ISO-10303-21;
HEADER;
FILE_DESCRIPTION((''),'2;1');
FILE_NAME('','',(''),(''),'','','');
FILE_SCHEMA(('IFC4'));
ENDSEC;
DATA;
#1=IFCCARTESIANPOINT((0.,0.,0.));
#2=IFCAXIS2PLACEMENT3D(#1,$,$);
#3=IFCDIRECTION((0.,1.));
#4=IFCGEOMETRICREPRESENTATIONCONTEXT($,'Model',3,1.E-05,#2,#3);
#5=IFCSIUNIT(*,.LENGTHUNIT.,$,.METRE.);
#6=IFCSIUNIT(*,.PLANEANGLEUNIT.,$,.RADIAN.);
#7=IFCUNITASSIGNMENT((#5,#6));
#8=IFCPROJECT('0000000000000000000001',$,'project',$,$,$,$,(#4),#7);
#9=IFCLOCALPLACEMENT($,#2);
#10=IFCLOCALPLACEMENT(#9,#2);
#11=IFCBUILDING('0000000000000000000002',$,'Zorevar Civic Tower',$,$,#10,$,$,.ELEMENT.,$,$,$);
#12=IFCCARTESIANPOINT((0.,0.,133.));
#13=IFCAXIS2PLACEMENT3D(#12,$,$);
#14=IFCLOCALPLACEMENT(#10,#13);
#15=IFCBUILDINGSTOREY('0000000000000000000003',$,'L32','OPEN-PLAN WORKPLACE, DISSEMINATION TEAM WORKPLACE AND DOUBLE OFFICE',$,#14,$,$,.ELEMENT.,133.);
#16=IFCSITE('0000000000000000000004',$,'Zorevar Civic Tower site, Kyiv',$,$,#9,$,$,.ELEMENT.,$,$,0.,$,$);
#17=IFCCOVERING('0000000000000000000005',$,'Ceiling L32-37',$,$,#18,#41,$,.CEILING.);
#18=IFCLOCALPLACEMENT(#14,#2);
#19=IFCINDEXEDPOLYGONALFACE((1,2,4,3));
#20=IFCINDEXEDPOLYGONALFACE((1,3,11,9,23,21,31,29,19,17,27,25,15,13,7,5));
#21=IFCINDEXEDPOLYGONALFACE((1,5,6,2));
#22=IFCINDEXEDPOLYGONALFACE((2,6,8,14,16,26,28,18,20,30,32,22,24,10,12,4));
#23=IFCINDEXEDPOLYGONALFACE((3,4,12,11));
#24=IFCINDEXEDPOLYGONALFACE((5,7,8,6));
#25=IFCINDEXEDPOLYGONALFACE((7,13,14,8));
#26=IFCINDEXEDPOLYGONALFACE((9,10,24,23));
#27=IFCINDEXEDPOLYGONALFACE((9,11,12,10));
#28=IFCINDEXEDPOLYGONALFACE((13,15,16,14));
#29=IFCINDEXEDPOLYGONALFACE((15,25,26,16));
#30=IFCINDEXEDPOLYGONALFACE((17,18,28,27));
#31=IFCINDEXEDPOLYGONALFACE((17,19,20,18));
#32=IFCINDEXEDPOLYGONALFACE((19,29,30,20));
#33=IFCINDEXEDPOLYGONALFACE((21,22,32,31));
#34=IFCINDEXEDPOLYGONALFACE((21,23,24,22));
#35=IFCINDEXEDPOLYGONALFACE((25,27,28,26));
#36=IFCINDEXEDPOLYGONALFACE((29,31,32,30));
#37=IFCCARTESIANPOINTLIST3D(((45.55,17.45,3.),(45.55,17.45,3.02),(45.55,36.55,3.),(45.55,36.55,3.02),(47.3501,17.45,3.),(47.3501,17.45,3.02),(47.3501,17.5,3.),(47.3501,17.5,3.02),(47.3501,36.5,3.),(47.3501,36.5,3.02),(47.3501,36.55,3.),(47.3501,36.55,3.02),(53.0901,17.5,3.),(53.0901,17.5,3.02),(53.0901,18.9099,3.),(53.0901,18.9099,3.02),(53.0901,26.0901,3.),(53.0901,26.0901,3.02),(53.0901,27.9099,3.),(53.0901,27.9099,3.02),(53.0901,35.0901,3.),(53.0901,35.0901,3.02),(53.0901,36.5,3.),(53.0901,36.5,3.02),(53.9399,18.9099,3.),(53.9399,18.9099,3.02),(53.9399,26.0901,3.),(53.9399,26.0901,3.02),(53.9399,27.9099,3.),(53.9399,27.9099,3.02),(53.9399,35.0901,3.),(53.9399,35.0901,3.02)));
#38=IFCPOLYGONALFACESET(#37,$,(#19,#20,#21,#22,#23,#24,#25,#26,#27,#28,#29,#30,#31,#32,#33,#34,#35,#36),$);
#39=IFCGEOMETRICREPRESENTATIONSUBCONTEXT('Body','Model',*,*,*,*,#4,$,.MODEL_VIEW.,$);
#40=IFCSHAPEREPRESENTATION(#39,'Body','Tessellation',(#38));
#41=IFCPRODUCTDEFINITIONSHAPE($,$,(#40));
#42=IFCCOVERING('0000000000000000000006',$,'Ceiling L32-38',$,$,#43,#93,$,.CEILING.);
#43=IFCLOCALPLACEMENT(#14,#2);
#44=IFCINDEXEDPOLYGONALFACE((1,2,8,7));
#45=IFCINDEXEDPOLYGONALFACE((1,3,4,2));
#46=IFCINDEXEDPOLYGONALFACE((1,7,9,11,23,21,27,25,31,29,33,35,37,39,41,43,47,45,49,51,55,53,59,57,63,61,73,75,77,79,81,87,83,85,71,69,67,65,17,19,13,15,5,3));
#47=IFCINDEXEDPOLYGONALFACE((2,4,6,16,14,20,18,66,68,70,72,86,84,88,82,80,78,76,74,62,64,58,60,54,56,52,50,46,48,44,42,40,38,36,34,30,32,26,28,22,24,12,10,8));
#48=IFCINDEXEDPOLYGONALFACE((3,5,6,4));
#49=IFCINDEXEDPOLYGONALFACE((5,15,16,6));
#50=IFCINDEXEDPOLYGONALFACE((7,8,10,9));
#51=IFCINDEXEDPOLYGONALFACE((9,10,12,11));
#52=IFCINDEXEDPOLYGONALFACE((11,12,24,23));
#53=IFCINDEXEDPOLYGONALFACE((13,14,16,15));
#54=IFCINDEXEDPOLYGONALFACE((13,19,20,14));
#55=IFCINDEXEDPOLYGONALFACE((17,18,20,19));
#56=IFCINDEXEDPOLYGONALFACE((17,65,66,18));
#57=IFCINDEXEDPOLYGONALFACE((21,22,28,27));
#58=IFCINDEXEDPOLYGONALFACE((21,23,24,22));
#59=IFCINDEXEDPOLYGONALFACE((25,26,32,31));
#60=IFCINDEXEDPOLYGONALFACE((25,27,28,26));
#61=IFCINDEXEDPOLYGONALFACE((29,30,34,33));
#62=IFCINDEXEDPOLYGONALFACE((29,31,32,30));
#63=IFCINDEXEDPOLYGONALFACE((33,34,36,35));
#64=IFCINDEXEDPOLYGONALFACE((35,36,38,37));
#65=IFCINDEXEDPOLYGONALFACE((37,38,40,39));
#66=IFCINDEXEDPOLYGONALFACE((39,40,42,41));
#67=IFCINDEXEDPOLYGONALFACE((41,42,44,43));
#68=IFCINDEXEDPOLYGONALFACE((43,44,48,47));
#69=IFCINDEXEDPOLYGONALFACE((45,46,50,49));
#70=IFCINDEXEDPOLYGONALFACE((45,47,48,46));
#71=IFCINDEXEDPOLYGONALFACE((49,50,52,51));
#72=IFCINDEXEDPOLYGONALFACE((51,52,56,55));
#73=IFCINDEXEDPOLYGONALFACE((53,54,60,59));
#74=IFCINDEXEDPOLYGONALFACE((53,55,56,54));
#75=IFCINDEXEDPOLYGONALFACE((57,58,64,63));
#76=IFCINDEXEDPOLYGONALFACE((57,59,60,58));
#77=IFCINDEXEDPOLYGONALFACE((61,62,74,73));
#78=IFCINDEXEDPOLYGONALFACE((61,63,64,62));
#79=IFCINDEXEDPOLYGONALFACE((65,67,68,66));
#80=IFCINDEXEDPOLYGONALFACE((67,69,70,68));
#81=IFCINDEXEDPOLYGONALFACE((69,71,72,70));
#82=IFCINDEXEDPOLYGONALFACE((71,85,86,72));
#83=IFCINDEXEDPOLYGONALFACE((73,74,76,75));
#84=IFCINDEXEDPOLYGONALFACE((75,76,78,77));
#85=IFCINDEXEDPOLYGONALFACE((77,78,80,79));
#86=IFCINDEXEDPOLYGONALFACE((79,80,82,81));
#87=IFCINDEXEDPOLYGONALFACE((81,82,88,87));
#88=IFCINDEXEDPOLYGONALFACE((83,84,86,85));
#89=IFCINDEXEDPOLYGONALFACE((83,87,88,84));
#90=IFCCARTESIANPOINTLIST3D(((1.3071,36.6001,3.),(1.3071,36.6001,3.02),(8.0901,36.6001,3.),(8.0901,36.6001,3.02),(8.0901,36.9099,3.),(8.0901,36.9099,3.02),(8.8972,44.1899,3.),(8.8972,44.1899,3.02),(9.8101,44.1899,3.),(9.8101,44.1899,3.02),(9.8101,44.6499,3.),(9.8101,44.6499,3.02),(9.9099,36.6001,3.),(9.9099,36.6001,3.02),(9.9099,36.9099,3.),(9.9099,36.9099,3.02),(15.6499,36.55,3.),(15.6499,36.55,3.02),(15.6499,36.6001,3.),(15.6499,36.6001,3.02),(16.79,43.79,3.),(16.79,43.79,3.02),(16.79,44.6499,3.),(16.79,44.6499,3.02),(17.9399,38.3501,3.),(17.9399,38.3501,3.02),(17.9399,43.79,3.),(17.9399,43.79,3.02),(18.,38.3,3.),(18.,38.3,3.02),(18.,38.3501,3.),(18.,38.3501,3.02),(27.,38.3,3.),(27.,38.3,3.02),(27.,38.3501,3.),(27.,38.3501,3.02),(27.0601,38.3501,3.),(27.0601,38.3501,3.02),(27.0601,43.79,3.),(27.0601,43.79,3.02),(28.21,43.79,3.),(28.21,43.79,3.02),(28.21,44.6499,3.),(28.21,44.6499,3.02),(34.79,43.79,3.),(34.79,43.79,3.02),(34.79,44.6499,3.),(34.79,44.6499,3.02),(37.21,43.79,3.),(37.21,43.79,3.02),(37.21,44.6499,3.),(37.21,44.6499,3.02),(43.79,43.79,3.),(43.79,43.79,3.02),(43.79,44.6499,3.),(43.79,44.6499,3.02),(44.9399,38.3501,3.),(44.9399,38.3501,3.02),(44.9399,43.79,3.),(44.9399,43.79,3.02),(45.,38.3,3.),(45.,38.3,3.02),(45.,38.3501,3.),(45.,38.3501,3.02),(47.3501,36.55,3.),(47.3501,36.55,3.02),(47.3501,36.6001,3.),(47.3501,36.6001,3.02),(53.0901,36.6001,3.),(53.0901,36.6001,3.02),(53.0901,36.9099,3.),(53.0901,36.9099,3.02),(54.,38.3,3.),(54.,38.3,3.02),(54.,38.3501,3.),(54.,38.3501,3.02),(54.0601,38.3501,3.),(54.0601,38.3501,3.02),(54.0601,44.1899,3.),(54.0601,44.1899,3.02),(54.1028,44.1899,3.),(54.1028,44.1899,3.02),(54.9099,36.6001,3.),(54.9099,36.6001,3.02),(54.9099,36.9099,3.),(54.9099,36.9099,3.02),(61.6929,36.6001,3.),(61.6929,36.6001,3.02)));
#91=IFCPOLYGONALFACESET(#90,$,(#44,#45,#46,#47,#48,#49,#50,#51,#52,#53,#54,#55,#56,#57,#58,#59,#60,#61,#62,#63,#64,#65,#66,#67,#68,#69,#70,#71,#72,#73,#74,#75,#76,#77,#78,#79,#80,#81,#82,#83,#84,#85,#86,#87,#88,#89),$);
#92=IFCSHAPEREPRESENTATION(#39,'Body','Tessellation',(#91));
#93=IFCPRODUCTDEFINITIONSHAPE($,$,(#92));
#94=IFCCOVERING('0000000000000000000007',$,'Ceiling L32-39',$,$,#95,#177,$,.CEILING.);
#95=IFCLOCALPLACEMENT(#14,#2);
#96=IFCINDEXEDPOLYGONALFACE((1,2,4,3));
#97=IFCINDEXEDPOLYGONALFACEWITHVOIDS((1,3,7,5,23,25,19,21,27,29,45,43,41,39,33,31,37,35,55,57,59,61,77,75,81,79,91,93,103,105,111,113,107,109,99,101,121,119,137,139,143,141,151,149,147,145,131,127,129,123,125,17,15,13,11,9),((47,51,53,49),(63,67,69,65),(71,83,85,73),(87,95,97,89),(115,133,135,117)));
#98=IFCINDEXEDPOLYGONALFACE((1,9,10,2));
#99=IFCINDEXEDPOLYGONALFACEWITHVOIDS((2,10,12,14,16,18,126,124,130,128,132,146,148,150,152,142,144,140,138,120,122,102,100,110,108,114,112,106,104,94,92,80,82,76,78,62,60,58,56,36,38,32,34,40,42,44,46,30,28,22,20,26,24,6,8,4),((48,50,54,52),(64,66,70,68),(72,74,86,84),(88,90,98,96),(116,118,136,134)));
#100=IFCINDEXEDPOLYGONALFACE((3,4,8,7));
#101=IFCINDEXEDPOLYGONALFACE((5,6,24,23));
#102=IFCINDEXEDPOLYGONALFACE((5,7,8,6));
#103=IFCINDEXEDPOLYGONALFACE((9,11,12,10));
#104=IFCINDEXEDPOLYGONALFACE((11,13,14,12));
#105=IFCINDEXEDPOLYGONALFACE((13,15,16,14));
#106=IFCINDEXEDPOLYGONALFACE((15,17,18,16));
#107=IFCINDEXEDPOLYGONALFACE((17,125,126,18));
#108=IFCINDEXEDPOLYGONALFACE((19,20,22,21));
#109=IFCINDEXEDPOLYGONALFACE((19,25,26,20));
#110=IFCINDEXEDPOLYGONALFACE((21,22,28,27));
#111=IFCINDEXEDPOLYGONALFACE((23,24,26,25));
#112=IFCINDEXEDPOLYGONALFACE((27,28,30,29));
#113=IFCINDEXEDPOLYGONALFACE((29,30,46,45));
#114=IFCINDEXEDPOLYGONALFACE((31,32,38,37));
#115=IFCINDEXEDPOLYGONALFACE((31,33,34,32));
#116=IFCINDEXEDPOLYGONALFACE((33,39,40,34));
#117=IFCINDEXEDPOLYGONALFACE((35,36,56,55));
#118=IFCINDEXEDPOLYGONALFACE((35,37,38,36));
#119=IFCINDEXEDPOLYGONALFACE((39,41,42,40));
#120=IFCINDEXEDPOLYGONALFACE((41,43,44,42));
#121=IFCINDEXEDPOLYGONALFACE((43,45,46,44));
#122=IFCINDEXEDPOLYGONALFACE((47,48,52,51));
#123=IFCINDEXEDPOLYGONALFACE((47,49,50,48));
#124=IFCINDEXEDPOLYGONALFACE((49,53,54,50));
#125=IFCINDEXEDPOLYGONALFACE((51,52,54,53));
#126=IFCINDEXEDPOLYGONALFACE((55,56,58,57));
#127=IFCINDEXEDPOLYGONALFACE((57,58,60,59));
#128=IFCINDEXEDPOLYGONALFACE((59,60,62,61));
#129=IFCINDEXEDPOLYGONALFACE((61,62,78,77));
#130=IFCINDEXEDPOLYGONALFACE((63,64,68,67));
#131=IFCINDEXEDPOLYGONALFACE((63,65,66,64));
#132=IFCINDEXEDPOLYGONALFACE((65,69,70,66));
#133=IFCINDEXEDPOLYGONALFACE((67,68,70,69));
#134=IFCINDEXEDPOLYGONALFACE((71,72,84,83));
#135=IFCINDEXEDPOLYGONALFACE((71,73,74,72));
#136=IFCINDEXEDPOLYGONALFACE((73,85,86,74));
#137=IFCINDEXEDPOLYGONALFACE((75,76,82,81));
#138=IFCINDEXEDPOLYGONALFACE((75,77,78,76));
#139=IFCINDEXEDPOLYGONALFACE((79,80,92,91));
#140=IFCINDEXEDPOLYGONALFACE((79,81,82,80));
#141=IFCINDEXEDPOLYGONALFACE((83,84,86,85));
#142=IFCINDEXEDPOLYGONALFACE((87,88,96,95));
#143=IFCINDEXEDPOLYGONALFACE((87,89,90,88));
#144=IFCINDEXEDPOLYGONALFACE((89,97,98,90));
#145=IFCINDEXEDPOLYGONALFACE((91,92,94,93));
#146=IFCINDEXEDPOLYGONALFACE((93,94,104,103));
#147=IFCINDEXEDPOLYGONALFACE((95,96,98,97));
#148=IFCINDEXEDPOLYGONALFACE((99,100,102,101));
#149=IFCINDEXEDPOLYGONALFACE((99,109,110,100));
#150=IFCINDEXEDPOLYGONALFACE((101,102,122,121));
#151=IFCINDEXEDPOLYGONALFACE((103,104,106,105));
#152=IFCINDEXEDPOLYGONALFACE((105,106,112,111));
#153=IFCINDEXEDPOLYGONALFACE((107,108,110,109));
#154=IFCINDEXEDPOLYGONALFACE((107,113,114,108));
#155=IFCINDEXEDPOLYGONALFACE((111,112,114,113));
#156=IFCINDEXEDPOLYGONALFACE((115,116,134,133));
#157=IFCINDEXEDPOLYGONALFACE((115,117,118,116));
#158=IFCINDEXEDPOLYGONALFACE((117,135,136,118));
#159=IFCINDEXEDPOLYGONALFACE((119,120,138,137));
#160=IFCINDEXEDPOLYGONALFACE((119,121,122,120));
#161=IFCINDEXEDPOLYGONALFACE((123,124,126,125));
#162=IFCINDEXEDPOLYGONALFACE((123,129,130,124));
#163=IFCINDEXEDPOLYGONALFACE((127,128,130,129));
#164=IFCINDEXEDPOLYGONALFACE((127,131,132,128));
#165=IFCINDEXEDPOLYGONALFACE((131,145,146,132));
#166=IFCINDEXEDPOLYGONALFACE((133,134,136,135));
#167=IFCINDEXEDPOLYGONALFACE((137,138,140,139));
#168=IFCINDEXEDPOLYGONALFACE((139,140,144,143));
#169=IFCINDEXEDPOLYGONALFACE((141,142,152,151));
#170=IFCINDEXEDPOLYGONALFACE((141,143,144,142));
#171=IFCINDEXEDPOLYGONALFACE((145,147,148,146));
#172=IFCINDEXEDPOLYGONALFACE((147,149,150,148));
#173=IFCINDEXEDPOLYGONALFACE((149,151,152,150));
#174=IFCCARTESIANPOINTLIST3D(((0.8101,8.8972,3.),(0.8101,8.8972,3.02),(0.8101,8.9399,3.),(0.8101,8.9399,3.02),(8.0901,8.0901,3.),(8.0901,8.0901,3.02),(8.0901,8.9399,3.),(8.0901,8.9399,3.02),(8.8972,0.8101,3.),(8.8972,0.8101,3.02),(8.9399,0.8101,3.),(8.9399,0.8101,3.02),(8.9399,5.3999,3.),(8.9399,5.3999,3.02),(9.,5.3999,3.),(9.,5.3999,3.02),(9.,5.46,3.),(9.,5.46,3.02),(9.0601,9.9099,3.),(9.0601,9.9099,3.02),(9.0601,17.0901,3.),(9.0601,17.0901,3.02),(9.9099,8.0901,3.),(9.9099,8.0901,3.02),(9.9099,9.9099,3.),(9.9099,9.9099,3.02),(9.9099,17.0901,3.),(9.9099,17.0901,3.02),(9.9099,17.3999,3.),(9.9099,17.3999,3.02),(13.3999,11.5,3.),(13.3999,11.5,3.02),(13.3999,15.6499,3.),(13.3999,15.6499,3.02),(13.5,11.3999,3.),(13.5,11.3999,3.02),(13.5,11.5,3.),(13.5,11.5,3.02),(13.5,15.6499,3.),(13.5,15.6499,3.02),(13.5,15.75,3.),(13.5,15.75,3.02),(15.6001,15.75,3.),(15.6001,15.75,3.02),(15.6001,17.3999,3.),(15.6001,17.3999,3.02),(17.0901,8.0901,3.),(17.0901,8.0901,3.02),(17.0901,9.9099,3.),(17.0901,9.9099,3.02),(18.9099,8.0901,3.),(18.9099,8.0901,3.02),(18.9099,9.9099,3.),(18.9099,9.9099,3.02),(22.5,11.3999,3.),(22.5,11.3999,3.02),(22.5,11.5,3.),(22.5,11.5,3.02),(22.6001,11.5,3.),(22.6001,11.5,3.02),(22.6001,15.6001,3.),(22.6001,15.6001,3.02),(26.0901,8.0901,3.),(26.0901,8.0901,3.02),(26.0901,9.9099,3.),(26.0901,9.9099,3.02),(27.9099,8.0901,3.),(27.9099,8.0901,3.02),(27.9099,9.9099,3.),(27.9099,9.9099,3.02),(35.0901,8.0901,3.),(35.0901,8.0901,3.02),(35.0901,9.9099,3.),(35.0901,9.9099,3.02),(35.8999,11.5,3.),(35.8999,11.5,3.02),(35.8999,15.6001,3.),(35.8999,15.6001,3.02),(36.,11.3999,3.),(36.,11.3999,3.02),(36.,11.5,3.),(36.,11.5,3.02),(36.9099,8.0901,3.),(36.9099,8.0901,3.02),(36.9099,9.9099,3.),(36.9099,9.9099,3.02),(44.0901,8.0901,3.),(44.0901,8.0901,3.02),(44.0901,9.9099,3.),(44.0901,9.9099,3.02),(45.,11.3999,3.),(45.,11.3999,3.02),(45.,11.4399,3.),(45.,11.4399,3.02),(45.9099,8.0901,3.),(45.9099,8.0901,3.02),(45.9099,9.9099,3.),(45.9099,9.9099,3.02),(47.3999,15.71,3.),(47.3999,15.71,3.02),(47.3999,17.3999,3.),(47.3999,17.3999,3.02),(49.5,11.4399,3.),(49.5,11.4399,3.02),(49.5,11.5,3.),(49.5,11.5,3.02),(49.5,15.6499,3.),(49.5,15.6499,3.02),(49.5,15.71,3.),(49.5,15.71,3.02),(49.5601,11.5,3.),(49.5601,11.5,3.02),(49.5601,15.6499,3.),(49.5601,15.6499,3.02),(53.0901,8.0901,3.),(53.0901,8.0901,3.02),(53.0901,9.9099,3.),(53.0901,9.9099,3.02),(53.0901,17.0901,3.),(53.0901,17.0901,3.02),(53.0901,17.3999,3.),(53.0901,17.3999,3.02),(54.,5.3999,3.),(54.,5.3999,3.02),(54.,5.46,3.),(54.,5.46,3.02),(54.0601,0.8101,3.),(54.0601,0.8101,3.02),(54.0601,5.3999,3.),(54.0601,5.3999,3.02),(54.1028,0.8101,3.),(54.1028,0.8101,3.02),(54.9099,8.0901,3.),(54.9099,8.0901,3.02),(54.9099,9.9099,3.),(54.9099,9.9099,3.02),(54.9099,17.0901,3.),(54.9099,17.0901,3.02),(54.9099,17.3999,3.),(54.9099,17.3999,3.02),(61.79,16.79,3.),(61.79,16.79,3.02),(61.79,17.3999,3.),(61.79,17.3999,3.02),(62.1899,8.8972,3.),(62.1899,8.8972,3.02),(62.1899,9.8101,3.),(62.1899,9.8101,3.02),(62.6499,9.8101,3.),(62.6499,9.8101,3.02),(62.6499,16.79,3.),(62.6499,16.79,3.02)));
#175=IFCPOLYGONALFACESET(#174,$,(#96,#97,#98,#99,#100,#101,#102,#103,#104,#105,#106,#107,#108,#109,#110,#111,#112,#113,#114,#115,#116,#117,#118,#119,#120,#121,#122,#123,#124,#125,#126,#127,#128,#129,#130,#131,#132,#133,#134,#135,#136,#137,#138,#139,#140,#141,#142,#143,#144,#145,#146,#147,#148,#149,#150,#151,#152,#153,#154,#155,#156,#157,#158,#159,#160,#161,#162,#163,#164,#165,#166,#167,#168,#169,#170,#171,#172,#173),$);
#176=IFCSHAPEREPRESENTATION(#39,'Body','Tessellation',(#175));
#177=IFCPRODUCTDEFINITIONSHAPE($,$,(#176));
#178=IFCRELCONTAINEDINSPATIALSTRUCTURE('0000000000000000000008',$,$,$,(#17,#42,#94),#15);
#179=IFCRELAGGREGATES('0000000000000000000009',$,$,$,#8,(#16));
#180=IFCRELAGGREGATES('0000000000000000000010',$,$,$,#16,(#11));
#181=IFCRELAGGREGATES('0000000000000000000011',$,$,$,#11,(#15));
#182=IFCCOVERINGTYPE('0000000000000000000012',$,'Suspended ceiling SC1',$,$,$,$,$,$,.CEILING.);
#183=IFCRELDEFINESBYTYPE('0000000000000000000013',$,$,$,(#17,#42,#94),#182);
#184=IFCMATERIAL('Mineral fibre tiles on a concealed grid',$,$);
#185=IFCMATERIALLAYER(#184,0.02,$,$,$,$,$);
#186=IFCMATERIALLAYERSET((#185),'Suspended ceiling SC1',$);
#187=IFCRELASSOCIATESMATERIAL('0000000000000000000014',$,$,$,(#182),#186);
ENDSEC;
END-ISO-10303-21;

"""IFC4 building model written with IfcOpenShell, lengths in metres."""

from ifc_helpers import new_model, si_unit, direction, frame, origin, place, context, subcontext, project, spatial, polyline, outline, extrude, material, layer, layer_set, type_object, element, save


model = new_model("IFC4")

# Units and contexts
model_context = context("Model", 3, precision=1e-05, world=origin(), true_north=direction((0.0, 1.0)))
body_context = subcontext(model_context, "Body", "Model", "MODEL_VIEW")
ifc_project = project(units=[si_unit("LENGTHUNIT", "METRE"), si_unit("PLANEANGLEUNIT", "RADIAN")], contexts=[model_context])

# Site, building, storey
site_placement = place(None, origin())
site = spatial("IfcSite", under=ifc_project, at=site_placement, Name="Zorevar Civic Tower site, Kyiv", CompositionType="ELEMENT", RefElevation=0.0)
building_placement = place(site_placement, origin())
building = spatial("IfcBuilding", under=site, at=building_placement, Name="Zorevar Civic Tower", CompositionType="ELEMENT")
storey_placement = place(building_placement, frame((0.0, 0.0, 133.0)))
storey = spatial("IfcBuildingStorey", under=building, at=storey_placement, Name="L32", Description="OPEN-PLAN WORKPLACE, DISSEMINATION TEAM WORKPLACE AND DOUBLE OFFICE", CompositionType="ELEMENT", Elevation=133.0)

# Coverings
ifc_material_1 = material(Name="Mineral fibre tiles on a concealed grid")
ifc_layer_1 = layer(ifc_material_1, 0.02)
ifc_layer_set_1 = layer_set([ifc_layer_1], Name="Suspended ceiling SC1")
covering_type_1 = type_object("IfcCoveringType", Name="Suspended ceiling SC1", PredefinedType="CEILING", material=ifc_layer_set_1)
covering_1_placement = place(storey_placement, frame((0.0, 0.0, 3.0)))
element("IfcCovering", 1, at=covering_1_placement, inside=storey, type_object=covering_type_1, Name="Ceiling L32-37", PredefinedType="CEILING", context=body_context, shape_type="SweptSolid", body=[
    extrude(outline(polyline([(53.0901, 18.9099), (53.0901, 17.5), (47.3501, 17.5), (47.3501, 17.45), (45.55, 17.45), (45.55, 36.55), (47.3501, 36.55), (47.3501, 36.5), (53.0901, 36.5), (53.0901, 35.0901), (53.9399, 35.0901), (53.9399, 27.9099), (53.0901, 27.9099), (53.0901, 26.0901), (53.9399, 26.0901), (53.9399, 18.9099), (53.0901, 18.9099)])), origin(), (0.0, 0.0, 1.0), 0.02),
])
covering_2_placement = place(storey_placement, frame((0.0, 0.0, 3.0)))
element("IfcCovering", 2, at=covering_2_placement, inside=storey, type_object=covering_type_1, Name="Ceiling L32-38", PredefinedType="CEILING", context=body_context, shape_type="SweptSolid", body=[
    extrude(outline(polyline([(28.21, 44.6499), (34.79, 44.6499), (34.79, 43.79), (37.21, 43.79), (37.21, 44.6499), (43.79, 44.6499), (43.79, 43.79), (44.9399, 43.79), (44.9399, 38.3501), (45.0, 38.3501), (45.0, 38.3), (54.0, 38.3), (54.0, 38.3501), (54.0601, 38.3501), (54.0601, 44.1899), (54.1028, 44.1899), (61.6929, 36.6001), (54.9099, 36.6001), (54.9099, 36.9099), (53.0901, 36.9099), (53.0901, 36.6001), (47.3501, 36.6001), (47.3501, 36.55), (15.6499, 36.55), (15.6499, 36.6001), (9.9099, 36.6001), (9.9099, 36.9099), (8.0901, 36.9099), (8.0901, 36.6001), (1.3071, 36.6001), (8.8972, 44.1899), (9.8101, 44.1899), (9.8101, 44.6499), (16.79, 44.6499), (16.79, 43.79), (17.9399, 43.79), (17.9399, 38.3501), (18.0, 38.3501), (18.0, 38.3), (27.0, 38.3), (27.0, 38.3501), (27.0601, 38.3501), (27.0601, 43.79), (28.21, 43.79), (28.21, 44.6499)])), origin(), (0.0, 0.0, 1.0), 0.02),
])
covering_3_placement = place(storey_placement, frame((0.0, 0.0, 3.0)))
element("IfcCovering", 3, at=covering_3_placement, inside=storey, type_object=covering_type_1, Name="Ceiling L32-39", PredefinedType="CEILING", context=body_context, shape_type="SweptSolid", body=[
    extrude(outline(polyline([(22.6001, 15.6001), (35.8999, 15.6001), (35.8999, 11.5), (36.0, 11.5), (36.0, 11.3999), (45.0, 11.3999), (45.0, 11.4399), (49.5, 11.4399), (49.5, 11.5), (49.5601, 11.5), (49.5601, 15.6499), (49.5, 15.6499), (49.5, 15.71), (47.3999, 15.71), (47.3999, 17.3999), (53.0901, 17.3999), (53.0901, 17.0901), (54.9099, 17.0901), (54.9099, 17.3999), (61.79, 17.3999), (61.79, 16.79), (62.6499, 16.79), (62.6499, 9.8101), (62.1899, 9.8101), (62.1899, 8.8972), (54.1028, 0.8101), (54.0601, 0.8101), (54.0601, 5.3999), (54.0, 5.3999), (54.0, 5.46), (9.0, 5.46), (9.0, 5.3999), (8.9399, 5.3999), (8.9399, 0.8101), (8.8972, 0.8101), (0.8101, 8.8972), (0.8101, 8.9399), (8.0901, 8.9399), (8.0901, 8.0901), (9.9099, 8.0901), (9.9099, 9.9099), (9.0601, 9.9099), (9.0601, 17.0901), (9.9099, 17.0901), (9.9099, 17.3999), (15.6001, 17.3999), (15.6001, 15.75), (13.5, 15.75), (13.5, 15.6499), (13.3999, 15.6499), (13.3999, 11.5), (13.5, 11.5), (13.5, 11.3999), (22.5, 11.3999), (22.5, 11.5), (22.6001, 11.5), (22.6001, 15.6001)]), holes=[polyline([(17.0901, 8.0901), (18.9099, 8.0901), (18.9099, 9.9099), (17.0901, 9.9099), (17.0901, 8.0901)]), polyline([(26.0901, 9.9099), (26.0901, 8.0901), (27.9099, 8.0901), (27.9099, 9.9099), (26.0901, 9.9099)]), polyline([(36.9099, 9.9099), (35.0901, 9.9099), (35.0901, 8.0901), (36.9099, 8.0901), (36.9099, 9.9099)]), polyline([(45.9099, 8.0901), (45.9099, 9.9099), (44.0901, 9.9099), (44.0901, 8.0901), (45.9099, 8.0901)]), polyline([(53.0901, 9.9099), (53.0901, 8.0901), (54.9099, 8.0901), (54.9099, 9.9099), (53.0901, 9.9099)])]), origin(), (0.0, 0.0, 1.0), 0.02),
])

save(model, "model.ifc")
